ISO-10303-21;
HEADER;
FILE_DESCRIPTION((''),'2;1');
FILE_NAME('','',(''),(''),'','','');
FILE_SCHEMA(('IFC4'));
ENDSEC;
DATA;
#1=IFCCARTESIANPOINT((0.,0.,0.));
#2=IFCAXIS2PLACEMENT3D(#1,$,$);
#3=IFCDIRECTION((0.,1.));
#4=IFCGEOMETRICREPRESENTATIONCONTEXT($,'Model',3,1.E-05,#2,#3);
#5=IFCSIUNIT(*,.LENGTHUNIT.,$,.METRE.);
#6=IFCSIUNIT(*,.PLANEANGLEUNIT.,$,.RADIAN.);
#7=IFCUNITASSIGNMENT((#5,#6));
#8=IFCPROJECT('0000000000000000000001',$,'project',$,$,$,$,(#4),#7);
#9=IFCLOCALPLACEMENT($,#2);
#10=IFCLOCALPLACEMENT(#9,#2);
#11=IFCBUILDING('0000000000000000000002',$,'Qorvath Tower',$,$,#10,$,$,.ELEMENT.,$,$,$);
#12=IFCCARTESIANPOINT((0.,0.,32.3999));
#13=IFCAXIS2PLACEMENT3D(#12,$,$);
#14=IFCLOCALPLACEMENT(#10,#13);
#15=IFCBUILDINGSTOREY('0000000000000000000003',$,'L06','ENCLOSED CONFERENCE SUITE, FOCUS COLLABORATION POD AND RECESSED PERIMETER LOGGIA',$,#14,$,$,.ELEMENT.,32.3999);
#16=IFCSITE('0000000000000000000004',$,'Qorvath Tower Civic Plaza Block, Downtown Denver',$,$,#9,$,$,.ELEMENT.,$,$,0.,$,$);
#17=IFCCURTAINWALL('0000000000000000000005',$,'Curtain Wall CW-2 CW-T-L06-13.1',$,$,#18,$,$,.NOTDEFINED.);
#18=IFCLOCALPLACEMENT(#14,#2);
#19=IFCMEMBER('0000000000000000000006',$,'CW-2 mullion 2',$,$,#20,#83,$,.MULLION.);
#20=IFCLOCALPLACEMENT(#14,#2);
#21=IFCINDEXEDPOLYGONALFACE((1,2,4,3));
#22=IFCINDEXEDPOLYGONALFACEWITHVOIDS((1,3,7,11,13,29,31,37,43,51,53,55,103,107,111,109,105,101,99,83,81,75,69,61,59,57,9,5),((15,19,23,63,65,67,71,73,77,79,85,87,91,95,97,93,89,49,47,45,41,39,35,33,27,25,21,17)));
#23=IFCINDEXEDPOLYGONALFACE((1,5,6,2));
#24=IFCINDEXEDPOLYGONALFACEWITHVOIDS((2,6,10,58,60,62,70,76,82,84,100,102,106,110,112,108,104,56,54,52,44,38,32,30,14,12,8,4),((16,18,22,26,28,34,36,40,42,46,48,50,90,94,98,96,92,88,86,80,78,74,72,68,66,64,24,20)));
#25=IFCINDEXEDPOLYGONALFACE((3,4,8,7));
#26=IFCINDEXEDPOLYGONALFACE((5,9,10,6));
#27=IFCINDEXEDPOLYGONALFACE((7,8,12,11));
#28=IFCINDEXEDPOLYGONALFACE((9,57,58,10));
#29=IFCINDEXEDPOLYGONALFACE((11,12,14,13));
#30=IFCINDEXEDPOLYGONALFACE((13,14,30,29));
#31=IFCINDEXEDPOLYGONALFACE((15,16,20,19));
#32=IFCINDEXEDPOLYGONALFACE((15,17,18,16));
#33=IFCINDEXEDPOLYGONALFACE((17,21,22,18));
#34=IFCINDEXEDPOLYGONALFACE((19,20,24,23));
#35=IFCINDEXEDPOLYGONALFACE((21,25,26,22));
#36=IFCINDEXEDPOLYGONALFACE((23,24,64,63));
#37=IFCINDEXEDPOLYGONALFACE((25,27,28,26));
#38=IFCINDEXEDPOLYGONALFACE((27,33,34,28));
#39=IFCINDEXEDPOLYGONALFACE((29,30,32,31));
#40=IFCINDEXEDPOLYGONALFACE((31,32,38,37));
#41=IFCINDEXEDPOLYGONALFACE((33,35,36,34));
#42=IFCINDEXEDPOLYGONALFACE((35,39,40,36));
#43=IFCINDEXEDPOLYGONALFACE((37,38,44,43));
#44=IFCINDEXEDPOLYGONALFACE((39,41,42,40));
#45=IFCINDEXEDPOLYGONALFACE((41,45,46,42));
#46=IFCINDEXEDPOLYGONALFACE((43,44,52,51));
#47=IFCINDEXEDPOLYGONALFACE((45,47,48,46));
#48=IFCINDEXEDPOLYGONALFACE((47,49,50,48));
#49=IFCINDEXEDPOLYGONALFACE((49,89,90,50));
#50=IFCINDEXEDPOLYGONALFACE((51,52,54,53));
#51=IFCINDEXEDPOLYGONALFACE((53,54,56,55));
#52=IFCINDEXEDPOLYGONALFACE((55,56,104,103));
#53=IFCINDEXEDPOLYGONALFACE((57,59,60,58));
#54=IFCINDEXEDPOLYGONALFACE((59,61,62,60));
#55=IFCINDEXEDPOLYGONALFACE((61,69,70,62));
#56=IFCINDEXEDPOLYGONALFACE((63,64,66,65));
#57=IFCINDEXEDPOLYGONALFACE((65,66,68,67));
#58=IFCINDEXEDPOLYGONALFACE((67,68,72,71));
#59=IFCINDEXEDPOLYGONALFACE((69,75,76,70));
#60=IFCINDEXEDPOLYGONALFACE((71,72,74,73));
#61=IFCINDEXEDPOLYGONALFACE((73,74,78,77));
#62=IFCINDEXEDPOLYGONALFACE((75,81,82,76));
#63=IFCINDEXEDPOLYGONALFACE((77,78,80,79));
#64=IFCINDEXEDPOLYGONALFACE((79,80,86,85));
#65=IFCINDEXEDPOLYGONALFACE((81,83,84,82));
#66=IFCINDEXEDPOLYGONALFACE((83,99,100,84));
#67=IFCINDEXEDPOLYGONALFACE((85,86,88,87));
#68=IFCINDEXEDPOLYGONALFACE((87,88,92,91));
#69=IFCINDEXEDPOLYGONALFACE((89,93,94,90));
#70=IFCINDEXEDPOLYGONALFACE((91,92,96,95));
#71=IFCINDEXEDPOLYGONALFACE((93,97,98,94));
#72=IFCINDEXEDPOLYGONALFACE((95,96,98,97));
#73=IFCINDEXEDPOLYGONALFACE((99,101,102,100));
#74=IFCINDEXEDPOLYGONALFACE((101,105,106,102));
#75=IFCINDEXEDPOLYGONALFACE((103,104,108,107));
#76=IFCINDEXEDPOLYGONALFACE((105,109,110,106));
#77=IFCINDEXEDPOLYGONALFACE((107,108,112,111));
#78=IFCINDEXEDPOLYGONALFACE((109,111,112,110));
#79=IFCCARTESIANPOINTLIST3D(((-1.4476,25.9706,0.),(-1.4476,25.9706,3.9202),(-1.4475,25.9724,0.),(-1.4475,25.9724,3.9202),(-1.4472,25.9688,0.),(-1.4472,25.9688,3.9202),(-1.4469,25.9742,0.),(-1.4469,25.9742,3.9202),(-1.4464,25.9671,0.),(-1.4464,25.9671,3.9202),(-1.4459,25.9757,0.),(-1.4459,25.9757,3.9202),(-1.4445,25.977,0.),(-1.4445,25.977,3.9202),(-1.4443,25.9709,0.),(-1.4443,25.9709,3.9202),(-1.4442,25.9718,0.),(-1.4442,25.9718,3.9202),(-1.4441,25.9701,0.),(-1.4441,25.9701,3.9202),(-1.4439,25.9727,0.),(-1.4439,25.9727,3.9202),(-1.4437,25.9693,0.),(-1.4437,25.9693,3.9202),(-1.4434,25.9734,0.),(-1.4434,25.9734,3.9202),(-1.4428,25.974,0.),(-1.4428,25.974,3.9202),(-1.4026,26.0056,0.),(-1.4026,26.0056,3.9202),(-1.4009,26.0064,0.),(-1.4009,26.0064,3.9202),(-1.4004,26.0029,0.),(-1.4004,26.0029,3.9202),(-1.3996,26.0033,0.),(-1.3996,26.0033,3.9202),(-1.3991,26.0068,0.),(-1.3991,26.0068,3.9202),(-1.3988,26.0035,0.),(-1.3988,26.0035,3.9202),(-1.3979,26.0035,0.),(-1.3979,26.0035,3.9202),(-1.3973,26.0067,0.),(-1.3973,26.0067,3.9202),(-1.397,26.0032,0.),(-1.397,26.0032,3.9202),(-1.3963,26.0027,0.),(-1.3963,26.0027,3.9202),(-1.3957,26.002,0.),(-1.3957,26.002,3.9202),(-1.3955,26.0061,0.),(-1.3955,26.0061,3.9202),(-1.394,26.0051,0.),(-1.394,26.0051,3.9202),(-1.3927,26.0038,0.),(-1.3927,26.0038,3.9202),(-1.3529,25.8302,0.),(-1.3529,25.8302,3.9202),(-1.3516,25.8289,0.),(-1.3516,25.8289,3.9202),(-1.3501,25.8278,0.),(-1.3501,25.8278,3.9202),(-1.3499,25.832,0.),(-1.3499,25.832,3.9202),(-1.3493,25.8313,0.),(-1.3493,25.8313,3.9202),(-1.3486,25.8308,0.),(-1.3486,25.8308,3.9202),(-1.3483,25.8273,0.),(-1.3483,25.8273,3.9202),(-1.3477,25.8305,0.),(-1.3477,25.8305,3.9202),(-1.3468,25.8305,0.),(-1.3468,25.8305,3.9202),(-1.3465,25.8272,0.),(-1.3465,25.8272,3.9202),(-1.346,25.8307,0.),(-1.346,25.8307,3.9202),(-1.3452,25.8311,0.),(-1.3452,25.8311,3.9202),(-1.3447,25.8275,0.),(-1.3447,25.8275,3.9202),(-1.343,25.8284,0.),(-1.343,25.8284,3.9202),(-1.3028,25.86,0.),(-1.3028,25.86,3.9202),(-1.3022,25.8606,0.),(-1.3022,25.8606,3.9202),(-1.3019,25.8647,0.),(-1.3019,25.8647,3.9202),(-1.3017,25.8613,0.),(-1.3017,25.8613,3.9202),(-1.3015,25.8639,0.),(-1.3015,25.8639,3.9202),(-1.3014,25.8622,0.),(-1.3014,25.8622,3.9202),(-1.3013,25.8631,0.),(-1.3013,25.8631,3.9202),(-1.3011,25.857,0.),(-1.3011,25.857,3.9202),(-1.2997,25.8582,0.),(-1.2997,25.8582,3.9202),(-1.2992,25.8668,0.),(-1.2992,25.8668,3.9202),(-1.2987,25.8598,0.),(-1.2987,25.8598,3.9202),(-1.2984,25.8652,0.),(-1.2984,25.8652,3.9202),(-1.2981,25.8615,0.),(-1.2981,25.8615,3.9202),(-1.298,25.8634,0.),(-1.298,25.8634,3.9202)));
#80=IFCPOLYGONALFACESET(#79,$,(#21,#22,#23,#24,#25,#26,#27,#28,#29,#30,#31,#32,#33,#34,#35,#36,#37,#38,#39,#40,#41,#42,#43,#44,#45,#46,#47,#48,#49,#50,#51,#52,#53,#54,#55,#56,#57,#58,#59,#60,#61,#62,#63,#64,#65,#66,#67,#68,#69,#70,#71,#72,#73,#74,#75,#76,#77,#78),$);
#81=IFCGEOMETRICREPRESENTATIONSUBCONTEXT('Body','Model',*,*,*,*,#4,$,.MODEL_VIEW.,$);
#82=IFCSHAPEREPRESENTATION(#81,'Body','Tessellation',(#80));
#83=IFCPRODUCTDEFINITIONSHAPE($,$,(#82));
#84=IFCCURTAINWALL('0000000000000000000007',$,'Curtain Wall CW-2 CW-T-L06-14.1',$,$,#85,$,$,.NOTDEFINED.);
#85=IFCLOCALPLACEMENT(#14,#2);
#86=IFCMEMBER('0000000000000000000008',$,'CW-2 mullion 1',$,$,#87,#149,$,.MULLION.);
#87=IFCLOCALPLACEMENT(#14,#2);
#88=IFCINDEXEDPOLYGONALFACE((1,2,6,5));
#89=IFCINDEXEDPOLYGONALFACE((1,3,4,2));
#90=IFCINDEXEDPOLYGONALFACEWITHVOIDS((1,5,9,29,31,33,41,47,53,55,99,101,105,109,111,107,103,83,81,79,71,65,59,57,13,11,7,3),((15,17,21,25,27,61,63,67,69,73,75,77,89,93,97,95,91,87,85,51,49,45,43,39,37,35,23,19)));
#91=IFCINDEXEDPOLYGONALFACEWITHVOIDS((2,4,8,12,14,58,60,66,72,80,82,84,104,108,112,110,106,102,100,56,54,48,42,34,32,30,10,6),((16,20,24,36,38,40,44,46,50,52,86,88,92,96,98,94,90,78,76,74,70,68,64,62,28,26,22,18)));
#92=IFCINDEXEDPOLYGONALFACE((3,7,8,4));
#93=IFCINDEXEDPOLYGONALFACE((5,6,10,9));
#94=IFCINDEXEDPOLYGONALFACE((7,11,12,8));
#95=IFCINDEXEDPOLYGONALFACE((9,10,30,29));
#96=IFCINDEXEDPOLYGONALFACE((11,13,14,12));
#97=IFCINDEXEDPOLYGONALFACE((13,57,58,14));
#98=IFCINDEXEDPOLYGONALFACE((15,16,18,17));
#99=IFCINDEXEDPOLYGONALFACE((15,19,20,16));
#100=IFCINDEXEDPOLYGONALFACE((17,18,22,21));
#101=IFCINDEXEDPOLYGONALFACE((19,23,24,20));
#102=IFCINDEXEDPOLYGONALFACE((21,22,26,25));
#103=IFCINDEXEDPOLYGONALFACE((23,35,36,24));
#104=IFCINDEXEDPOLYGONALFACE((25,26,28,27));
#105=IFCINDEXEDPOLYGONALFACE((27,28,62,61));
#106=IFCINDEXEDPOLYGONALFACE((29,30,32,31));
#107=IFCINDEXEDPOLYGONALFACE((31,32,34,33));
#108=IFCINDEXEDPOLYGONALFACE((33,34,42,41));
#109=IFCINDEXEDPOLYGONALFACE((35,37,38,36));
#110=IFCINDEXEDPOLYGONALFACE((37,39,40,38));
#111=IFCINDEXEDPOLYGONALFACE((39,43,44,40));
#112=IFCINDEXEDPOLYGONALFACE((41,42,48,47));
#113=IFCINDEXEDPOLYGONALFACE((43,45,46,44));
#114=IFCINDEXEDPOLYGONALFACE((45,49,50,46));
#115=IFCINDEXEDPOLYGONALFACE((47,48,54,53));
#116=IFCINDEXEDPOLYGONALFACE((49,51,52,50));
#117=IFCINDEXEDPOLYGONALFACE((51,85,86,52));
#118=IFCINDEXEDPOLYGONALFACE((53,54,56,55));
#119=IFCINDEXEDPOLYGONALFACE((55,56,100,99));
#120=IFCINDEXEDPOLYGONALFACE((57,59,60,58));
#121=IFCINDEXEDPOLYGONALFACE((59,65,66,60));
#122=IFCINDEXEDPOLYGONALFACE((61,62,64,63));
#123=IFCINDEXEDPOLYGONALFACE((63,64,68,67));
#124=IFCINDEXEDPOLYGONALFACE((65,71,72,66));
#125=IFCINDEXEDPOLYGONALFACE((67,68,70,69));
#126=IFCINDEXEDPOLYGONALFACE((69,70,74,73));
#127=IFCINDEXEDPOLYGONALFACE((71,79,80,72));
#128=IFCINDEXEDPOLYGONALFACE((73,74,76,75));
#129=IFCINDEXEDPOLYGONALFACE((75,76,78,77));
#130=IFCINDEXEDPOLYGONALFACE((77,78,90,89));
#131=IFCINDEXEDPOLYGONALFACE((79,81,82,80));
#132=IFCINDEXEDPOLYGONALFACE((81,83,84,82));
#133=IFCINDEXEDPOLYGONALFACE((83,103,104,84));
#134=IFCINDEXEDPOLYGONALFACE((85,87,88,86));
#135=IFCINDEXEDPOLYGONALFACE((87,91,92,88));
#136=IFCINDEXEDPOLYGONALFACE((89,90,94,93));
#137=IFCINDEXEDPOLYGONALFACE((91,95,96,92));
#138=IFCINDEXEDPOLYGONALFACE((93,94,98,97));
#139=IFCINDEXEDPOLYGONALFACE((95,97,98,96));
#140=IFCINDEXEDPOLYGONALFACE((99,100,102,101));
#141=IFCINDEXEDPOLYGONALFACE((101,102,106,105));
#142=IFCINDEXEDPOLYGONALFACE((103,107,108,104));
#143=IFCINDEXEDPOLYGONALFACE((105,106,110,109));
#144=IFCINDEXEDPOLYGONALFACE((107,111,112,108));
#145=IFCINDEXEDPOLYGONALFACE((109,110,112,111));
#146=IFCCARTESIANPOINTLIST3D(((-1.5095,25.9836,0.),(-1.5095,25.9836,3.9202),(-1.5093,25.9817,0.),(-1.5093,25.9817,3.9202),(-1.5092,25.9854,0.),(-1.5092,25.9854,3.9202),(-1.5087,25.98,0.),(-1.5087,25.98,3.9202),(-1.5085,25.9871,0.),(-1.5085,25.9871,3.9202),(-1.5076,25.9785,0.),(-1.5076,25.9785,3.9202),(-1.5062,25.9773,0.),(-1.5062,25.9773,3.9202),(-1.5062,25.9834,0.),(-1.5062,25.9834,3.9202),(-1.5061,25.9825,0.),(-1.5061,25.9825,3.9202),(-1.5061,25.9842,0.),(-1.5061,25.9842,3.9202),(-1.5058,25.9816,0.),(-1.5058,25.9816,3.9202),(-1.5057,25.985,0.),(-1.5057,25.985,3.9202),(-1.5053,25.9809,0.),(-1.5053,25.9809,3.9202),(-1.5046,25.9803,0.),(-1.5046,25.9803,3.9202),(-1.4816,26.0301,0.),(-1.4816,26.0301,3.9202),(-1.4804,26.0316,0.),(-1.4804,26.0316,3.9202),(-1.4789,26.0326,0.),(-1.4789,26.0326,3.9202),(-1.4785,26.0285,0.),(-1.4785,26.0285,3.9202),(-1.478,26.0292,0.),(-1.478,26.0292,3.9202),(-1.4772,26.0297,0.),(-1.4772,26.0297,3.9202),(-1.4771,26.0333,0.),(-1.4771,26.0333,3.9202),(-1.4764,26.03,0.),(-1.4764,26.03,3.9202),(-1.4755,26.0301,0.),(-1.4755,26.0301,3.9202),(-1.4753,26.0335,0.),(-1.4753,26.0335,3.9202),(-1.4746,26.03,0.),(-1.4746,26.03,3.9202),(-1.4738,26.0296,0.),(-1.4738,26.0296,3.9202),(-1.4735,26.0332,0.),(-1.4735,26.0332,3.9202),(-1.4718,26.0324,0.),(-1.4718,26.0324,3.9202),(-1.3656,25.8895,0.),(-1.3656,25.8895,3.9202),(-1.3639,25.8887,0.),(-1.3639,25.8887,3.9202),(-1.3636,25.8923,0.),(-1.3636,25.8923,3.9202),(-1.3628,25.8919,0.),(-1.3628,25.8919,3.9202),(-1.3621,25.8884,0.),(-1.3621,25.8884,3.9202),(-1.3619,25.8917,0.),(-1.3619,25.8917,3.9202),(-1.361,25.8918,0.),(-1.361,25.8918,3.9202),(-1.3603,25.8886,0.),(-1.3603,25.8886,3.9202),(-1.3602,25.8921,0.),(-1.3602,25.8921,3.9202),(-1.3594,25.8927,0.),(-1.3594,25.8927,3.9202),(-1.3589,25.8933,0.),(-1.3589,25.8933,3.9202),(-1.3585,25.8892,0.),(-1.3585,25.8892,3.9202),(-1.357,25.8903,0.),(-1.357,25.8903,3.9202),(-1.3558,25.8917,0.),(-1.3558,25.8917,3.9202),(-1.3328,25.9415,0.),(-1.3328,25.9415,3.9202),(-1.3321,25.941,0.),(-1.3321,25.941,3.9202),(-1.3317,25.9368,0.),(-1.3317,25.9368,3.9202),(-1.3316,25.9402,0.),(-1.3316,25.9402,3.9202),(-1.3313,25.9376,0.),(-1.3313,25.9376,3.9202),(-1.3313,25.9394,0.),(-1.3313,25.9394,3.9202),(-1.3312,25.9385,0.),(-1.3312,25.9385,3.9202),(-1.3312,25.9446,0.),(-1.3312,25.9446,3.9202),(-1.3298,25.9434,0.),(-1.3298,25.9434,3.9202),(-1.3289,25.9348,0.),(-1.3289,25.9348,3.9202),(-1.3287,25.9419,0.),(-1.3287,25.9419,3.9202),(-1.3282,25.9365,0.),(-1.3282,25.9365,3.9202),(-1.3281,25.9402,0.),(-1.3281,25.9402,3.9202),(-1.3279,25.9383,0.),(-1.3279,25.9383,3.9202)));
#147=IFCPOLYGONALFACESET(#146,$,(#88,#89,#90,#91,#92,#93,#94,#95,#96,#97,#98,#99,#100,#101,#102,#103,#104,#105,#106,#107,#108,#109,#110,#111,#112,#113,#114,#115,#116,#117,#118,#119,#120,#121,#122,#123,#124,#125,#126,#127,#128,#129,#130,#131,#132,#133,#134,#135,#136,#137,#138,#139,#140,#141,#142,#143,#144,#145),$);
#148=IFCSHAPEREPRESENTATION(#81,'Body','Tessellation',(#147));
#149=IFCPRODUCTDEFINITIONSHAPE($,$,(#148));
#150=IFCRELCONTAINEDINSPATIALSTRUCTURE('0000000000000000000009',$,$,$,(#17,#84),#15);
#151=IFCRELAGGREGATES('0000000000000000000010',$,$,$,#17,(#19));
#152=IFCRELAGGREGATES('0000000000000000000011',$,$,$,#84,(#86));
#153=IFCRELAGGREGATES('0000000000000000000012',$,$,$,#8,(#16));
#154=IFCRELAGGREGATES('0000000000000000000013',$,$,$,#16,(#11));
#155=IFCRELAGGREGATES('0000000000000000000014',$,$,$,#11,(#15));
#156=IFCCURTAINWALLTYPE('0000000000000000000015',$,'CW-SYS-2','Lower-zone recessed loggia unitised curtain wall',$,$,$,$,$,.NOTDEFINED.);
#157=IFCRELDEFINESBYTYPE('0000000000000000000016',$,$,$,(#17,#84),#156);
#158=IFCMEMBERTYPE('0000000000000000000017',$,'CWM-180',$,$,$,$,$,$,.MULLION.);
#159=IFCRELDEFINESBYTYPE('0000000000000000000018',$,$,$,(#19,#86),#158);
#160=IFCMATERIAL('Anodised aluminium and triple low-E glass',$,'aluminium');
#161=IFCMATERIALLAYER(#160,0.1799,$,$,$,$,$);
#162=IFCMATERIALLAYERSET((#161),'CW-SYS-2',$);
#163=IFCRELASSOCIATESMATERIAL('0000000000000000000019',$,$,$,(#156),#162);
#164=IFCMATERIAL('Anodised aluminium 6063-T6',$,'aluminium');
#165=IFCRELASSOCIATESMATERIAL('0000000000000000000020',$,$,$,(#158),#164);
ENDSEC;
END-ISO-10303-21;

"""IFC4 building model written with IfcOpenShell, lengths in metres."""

from ifc_helpers import new_model, si_unit, direction, frame, origin, origin_2d, place, context, subcontext, project, spatial, hollow_rectangle, extrude, material, layer, layer_set, material_profile, profile_set, type_object, element, aggregate, save


model = new_model("IFC4")

# Units and contexts
model_context = context("Model", 3, precision=1e-05, world=origin(), true_north=direction((0.0, 1.0)))
body_context = subcontext(model_context, "Body", "Model", "MODEL_VIEW")
ifc_project = project(units=[si_unit("LENGTHUNIT", "METRE"), si_unit("PLANEANGLEUNIT", "RADIAN")], contexts=[model_context])

# Site, building, storey
site_placement = place(None, origin())
site = spatial("IfcSite", under=ifc_project, at=site_placement, Name="Qorvath Tower Civic Plaza Block, Downtown Denver", CompositionType="ELEMENT", RefElevation=0.0)
building_placement = place(site_placement, origin())
building = spatial("IfcBuilding", under=site, at=building_placement, Name="Qorvath Tower", CompositionType="ELEMENT")
storey_placement = place(building_placement, frame((0.0, 0.0, 32.3999)))
storey = spatial("IfcBuildingStorey", under=building, at=storey_placement, Name="L06", Description="ENCLOSED CONFERENCE SUITE, FOCUS COLLABORATION POD AND RECESSED PERIMETER LOGGIA", CompositionType="ELEMENT", Elevation=32.3999)

# Shared definitions
ifc_material_1 = material(Name="Anodised aluminium and triple low-E glass", Category="aluminium")
ifc_layer_1 = layer(ifc_material_1, 0.1799)
ifc_layer_set_1 = layer_set([ifc_layer_1], Name="CW-SYS-2")
curtain_wall_type = type_object("IfcCurtainWallType", Name="CW-SYS-2", Description="Lower-zone recessed loggia unitised curtain wall", PredefinedType="NOTDEFINED", material=ifc_layer_set_1)
ifc_material_2 = material(Name="Anodised aluminium 6063-T6", Category="aluminium")
ifc_material_profile_1 = material_profile(ifc_material_2, hollow_rectangle(XDim=0.0649, YDim=0.1799, WallThickness=0.0034, InnerFilletRadius=0.0034, OuterFilletRadius=0.0071, at=origin_2d()), Name="CWM 180x65")
ifc_profile_set_1 = profile_set([ifc_material_profile_1], Name="Anodised aluminium 6063-T6")
member_type_1 = type_object("IfcMemberType", Name="CWM-180", PredefinedType="MULLION", material=ifc_profile_set_1)

# Curtain wall, member
curtain_wall_1_placement = place(storey_placement, origin())
curtain_wall_1 = element("IfcCurtainWall", 1, at=curtain_wall_1_placement, inside=storey, type_object=curtain_wall_type, Name="Curtain Wall CW-2 CW-T-L06-13.1", PredefinedType="NOTDEFINED")
member_1_placement = place(storey_placement, frame((-1.3728, 25.917, 0.0), z_axis=(0.0, 0.0, 1.0), x_axis=(-0.825864, -0.563869, 0.0)))
member_1 = element("IfcMember", 2, at=member_1_placement, type_object=member_type_1, Name="CW-2 mullion 2", PredefinedType="MULLION", context=body_context, shape_type="SweptSolid", body=[
    extrude(hollow_rectangle(XDim=0.0649, YDim=0.1799, WallThickness=0.0034, InnerFilletRadius=0.0034, OuterFilletRadius=0.0071, at=origin_2d()), origin(), (0.0, 0.0, 1.0), 3.9202),
])

# Curtain wall, member
curtain_wall_2_placement = place(storey_placement, origin())
curtain_wall_2 = element("IfcCurtainWall", 3, at=curtain_wall_2_placement, inside=storey, type_object=curtain_wall_type, Name="Curtain Wall CW-2 CW-T-L06-14.1", PredefinedType="NOTDEFINED")
member_2_placement = place(storey_placement, frame((-1.4187, 25.9609, 0.0), z_axis=(0.0, 0.0, 1.0), x_axis=(-0.529769, -0.848142, 0.0)))
member_2 = element("IfcMember", 4, at=member_2_placement, type_object=member_type_1, Name="CW-2 mullion 1", PredefinedType="MULLION", context=body_context, shape_type="SweptSolid", body=[
    extrude(hollow_rectangle(XDim=0.0649, YDim=0.1799, WallThickness=0.0034, InnerFilletRadius=0.0034, OuterFilletRadius=0.0071, at=origin_2d()), origin(), (0.0, 0.0, 1.0), 3.9202),
])

aggregate(curtain_wall_1, [member_1])
aggregate(curtain_wall_2, [member_2])

save(model, "model.ifc")
